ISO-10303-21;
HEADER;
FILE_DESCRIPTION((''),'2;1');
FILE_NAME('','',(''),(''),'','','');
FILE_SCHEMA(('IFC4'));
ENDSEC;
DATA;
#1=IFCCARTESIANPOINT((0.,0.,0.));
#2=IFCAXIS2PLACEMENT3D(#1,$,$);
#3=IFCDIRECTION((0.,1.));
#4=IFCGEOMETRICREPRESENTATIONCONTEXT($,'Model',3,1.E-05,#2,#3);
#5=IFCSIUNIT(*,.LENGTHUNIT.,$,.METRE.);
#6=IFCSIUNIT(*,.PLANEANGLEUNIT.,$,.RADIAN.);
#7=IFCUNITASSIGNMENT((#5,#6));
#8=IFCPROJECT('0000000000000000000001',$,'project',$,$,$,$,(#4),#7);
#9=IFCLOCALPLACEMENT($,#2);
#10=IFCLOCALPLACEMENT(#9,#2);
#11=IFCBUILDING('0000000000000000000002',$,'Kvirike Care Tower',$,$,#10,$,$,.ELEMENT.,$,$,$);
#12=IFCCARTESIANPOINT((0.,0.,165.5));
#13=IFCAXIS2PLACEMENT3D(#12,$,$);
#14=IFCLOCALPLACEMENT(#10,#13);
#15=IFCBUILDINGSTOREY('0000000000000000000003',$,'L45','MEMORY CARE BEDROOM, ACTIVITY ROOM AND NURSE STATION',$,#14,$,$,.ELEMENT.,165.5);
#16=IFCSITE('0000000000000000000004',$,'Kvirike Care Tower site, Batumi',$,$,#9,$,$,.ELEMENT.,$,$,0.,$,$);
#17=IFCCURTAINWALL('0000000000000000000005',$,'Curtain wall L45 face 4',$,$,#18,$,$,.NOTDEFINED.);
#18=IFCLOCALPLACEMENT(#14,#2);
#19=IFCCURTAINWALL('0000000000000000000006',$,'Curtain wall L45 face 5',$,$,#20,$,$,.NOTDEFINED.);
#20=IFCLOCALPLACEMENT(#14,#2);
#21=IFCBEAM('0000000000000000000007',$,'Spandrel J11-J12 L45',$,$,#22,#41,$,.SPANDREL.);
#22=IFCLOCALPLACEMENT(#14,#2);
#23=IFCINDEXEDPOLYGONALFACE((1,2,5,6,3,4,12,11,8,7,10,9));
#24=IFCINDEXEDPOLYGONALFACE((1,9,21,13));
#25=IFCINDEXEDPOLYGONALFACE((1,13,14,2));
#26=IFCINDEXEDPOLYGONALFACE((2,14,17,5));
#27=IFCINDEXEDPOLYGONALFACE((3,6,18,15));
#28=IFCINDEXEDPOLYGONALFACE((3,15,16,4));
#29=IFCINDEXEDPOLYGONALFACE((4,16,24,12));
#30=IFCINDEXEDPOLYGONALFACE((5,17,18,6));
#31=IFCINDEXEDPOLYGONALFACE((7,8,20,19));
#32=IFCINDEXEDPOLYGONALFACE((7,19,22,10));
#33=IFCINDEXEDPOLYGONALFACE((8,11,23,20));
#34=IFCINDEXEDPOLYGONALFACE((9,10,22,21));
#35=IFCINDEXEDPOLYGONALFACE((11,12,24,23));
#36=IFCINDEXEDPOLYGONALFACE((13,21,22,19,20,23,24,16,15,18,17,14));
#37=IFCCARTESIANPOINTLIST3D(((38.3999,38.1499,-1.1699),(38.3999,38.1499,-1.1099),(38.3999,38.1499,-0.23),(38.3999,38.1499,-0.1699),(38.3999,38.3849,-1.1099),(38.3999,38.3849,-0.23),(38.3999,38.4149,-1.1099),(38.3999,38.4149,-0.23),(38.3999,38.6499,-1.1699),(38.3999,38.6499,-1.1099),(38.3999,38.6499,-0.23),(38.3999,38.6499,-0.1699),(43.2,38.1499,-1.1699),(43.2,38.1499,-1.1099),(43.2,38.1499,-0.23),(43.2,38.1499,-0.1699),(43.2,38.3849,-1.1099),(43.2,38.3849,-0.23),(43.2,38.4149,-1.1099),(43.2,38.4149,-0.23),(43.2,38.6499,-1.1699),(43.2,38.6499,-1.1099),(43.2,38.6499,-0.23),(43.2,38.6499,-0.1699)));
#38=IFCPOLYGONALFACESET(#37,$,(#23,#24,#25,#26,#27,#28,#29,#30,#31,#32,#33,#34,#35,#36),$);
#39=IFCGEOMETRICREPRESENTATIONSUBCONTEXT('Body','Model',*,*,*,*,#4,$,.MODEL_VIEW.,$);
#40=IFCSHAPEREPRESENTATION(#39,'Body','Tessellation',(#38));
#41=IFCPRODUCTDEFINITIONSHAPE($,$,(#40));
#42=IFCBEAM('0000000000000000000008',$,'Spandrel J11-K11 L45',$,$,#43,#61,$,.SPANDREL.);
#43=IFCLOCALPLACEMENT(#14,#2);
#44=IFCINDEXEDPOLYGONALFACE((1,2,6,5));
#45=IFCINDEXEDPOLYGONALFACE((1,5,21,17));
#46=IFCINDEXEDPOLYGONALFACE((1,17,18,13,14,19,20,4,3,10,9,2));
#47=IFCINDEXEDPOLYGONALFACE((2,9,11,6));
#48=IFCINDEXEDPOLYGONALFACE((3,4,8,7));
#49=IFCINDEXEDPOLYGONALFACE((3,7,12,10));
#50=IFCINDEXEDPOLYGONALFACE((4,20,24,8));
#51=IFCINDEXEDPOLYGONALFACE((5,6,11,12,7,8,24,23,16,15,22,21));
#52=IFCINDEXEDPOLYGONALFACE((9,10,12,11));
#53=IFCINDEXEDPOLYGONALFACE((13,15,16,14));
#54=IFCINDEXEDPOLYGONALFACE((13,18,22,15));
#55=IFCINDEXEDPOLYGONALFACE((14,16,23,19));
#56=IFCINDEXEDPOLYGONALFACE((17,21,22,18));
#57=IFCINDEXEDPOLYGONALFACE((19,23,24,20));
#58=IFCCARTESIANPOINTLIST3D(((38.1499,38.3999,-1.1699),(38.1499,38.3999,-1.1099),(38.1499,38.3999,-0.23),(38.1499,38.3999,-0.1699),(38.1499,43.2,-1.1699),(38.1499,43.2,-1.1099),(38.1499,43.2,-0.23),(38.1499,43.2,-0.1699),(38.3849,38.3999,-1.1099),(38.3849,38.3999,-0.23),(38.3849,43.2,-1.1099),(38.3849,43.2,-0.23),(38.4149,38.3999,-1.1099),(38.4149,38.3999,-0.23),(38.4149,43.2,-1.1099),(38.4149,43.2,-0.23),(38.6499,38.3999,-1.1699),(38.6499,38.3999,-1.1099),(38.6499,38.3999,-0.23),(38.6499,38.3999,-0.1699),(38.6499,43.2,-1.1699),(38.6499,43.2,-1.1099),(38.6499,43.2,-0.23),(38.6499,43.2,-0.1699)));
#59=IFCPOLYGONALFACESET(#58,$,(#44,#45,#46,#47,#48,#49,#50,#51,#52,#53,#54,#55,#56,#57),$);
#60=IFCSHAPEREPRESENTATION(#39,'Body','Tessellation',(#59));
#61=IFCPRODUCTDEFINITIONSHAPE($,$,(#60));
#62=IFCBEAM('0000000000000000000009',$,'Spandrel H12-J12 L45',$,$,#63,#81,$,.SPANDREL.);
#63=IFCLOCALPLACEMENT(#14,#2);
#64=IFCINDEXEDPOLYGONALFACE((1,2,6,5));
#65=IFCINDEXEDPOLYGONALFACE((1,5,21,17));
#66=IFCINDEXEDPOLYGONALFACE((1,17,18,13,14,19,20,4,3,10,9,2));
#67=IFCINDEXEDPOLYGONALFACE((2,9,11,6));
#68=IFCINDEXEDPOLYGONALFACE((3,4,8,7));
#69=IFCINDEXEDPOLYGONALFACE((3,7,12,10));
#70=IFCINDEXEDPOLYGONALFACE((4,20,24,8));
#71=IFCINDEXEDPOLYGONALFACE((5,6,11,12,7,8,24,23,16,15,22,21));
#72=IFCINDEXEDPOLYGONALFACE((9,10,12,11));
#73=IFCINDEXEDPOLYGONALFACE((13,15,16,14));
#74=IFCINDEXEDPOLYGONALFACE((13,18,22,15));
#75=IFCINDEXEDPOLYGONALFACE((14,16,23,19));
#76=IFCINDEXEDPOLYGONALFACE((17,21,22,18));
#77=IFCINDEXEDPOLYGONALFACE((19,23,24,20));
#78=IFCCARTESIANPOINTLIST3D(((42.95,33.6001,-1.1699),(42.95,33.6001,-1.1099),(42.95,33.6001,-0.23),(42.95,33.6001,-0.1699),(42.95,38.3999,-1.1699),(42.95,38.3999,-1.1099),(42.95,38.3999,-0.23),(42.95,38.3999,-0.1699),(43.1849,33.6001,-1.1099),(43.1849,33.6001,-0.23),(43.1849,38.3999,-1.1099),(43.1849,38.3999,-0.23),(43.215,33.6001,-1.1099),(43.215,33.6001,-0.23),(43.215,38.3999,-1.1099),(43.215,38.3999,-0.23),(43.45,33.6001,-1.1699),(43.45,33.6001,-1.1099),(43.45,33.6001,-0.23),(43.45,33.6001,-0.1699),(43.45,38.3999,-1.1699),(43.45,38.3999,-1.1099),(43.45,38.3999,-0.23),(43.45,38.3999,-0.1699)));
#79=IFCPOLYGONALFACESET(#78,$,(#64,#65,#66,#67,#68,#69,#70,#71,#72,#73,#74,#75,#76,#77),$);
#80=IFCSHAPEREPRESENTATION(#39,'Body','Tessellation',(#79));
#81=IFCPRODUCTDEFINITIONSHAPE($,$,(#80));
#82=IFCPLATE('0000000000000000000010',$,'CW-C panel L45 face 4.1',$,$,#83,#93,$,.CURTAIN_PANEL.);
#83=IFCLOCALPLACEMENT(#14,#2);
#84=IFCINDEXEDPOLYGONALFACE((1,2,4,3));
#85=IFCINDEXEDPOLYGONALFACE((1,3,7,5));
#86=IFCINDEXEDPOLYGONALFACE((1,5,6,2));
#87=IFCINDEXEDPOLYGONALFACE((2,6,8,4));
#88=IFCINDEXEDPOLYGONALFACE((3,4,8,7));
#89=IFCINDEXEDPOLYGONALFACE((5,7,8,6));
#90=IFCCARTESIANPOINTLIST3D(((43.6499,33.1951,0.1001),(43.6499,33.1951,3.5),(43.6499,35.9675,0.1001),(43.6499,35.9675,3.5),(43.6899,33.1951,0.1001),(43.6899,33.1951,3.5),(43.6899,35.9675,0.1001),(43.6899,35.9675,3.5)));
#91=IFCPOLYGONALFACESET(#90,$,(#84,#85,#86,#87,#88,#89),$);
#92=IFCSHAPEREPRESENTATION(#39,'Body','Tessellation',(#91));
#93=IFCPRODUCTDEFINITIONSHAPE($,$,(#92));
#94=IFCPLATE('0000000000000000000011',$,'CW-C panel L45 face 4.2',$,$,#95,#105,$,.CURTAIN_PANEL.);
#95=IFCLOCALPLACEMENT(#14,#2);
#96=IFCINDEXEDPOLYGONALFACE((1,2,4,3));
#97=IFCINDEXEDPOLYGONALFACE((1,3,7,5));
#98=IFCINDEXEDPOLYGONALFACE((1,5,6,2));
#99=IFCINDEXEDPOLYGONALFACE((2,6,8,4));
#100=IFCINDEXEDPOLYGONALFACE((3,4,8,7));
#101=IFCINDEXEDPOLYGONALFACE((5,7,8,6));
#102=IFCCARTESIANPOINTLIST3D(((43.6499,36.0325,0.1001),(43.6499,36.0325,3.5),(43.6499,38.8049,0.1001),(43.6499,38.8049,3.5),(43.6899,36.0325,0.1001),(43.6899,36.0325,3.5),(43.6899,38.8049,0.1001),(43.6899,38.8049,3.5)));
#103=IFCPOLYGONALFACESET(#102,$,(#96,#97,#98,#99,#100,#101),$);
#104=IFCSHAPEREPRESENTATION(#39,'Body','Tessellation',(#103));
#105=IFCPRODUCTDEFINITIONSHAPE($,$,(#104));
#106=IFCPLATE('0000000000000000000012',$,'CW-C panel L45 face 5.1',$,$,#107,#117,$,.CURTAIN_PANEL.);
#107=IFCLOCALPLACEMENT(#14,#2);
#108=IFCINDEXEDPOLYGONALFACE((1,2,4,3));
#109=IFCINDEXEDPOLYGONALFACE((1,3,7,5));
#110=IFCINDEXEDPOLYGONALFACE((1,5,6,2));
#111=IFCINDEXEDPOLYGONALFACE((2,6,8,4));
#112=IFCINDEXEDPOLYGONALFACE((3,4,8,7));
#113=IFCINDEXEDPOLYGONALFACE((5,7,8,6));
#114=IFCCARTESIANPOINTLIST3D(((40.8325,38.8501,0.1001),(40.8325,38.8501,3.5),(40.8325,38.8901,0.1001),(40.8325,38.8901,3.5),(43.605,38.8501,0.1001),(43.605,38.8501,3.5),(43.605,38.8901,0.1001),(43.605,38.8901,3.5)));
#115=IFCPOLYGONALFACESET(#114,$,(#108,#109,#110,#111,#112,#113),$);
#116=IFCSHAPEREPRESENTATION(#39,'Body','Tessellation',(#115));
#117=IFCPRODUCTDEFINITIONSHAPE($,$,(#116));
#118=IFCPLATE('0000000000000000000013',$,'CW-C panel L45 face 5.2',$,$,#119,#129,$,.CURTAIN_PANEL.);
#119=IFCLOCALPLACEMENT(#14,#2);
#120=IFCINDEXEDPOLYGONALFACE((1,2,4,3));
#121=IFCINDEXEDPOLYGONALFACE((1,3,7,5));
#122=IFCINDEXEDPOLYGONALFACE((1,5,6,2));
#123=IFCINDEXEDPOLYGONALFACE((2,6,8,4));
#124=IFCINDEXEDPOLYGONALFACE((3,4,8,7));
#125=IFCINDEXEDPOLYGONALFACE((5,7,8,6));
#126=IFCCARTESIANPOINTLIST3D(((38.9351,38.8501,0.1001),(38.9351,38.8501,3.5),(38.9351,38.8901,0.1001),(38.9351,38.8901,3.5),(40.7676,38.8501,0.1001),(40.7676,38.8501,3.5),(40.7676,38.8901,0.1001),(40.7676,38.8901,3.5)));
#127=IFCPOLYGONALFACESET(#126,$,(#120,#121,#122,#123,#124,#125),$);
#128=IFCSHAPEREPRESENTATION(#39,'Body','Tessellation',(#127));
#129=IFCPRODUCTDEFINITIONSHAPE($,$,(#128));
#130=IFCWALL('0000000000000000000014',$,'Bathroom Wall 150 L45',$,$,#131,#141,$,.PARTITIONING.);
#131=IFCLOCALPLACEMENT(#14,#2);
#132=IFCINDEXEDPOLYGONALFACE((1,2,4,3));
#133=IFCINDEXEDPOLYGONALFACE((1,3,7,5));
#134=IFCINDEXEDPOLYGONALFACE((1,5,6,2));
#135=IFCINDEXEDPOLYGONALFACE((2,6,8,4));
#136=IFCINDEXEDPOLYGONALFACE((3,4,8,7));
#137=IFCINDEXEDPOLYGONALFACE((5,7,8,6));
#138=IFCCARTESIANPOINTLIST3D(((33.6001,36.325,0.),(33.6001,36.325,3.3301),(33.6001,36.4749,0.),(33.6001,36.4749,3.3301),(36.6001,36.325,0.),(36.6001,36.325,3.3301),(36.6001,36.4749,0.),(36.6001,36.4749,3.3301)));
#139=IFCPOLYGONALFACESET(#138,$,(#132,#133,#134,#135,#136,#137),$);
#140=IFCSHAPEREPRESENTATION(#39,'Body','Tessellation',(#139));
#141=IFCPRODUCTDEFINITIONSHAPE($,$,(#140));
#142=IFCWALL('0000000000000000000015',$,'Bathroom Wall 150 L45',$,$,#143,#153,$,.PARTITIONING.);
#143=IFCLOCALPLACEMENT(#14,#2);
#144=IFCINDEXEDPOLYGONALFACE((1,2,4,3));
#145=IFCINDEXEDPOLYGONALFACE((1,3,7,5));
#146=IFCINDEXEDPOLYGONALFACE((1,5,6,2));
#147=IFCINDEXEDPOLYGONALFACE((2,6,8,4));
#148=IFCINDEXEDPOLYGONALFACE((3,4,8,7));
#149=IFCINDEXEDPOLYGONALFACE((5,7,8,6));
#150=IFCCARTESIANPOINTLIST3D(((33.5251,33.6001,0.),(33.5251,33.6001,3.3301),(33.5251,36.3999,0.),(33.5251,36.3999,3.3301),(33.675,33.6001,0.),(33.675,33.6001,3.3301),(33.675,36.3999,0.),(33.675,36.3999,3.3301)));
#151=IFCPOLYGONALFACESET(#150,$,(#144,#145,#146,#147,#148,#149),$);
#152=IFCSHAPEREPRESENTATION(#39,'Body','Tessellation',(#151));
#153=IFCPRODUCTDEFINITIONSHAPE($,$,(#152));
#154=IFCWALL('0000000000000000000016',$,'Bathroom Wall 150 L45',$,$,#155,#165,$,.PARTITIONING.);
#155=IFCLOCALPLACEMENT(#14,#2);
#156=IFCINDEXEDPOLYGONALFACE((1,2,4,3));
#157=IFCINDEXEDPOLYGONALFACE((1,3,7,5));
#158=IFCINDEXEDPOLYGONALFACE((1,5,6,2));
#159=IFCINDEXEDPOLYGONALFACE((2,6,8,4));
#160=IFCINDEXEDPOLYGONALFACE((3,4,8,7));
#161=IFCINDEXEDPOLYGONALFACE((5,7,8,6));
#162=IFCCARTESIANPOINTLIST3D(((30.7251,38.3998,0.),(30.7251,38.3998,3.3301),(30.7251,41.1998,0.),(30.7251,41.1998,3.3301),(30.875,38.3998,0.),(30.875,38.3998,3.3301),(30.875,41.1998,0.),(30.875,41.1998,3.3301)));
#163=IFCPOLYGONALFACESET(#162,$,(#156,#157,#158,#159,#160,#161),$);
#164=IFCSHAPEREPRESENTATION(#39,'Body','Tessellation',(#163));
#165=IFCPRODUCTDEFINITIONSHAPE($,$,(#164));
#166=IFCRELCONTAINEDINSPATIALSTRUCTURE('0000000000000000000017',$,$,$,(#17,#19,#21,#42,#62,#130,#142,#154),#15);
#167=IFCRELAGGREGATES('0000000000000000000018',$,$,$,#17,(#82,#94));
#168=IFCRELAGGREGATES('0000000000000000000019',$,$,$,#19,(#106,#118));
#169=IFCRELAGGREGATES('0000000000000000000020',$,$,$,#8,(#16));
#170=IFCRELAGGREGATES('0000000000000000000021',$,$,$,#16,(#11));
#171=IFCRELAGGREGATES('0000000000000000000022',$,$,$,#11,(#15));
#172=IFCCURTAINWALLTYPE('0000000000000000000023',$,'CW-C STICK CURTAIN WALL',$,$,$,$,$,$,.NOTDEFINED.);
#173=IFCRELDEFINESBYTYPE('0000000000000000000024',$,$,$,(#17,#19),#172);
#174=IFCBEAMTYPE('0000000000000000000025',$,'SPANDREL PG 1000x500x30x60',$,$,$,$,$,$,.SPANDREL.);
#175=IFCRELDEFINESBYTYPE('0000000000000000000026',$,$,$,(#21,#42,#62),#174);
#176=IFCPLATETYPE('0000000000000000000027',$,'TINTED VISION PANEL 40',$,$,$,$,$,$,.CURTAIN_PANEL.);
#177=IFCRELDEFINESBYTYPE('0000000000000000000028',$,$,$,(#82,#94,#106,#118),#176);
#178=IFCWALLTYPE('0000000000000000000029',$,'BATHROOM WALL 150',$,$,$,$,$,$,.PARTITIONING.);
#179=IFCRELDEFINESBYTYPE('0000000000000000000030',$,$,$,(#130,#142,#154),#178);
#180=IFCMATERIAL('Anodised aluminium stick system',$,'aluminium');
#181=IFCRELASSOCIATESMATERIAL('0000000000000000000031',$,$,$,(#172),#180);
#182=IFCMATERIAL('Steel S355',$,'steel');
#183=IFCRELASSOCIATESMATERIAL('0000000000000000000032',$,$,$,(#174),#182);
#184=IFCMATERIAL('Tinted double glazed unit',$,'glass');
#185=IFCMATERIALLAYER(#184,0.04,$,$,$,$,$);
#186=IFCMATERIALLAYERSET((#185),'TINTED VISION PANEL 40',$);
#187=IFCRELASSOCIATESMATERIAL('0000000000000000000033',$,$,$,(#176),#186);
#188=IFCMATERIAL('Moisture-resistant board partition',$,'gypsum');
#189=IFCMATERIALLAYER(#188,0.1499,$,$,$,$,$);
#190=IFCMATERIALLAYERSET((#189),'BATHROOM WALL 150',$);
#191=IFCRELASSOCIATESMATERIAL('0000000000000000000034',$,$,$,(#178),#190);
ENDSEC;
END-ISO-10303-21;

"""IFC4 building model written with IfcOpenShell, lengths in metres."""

from ifc_helpers import new_model, si_unit, direction, frame, frame_2d, origin, origin_2d, place, context, subcontext, project, spatial, rectangle, i_section, extrude, material, layer, layer_set, material_profile, profile_set, type_object, element, aggregate, save


model = new_model("IFC4")

# Units and contexts
model_context = context("Model", 3, precision=1e-05, world=origin(), true_north=direction((0.0, 1.0)))
body_context = subcontext(model_context, "Body", "Model", "MODEL_VIEW")
ifc_project = project(units=[si_unit("LENGTHUNIT", "METRE"), si_unit("PLANEANGLEUNIT", "RADIAN")], contexts=[model_context])

# Site, building, storey
site_placement = place(None, origin())
site = spatial("IfcSite", under=ifc_project, at=site_placement, Name="Kvirike Care Tower site, Batumi", CompositionType="ELEMENT", RefElevation=0.0)
building_placement = place(site_placement, origin())
building = spatial("IfcBuilding", under=site, at=building_placement, Name="Kvirike Care Tower", CompositionType="ELEMENT")
storey_placement = place(building_placement, frame((0.0, 0.0, 165.5)))
storey = spatial("IfcBuildingStorey", under=building, at=storey_placement, Name="L45", Description="MEMORY CARE BEDROOM, ACTIVITY ROOM AND NURSE STATION", CompositionType="ELEMENT", Elevation=165.5)

# Curtain walls
ifc_material_1 = material(Name="Anodised aluminium stick system", Category="aluminium")
curtain_wall_type = type_object("IfcCurtainWallType", Name="CW-C STICK CURTAIN WALL", PredefinedType="NOTDEFINED", material=ifc_material_1)
curtain_wall_1_placement = place(storey_placement, origin())
curtain_wall_1 = element("IfcCurtainWall", 1, at=curtain_wall_1_placement, inside=storey, type_object=curtain_wall_type, Name="Curtain wall L45 face 4", PredefinedType="NOTDEFINED")
curtain_wall_2_placement = place(storey_placement, origin())
curtain_wall_2 = element("IfcCurtainWall", 2, at=curtain_wall_2_placement, inside=storey, type_object=curtain_wall_type, Name="Curtain wall L45 face 5", PredefinedType="NOTDEFINED")

# Beams
ifc_material_2 = material(Name="Steel S355", Category="steel")
ifc_material_profile_1 = material_profile(ifc_material_2, i_section(OverallWidth=0.5, OverallDepth=1.0, WebThickness=0.03, FlangeThickness=0.0601, at=origin_2d()), Name="PG 1000x500x30x60")
ifc_profile_set_1 = profile_set([ifc_material_profile_1], Name="Steel S355")
beam_type = type_object("IfcBeamType", Name="SPANDREL PG 1000x500x30x60", PredefinedType="SPANDREL", material=ifc_profile_set_1)
for number, where, z_axis, x_axis, name in (
    (3, (38.3999, 38.3999, -0.6699), (1.0, 0.0, 0.0), (0.0, 1.0, 0.0), "Spandrel J11-J12 L45"),
    (4, (38.3999, 38.3999, -0.6699), (0.0, 1.0, 0.0), (-1.0, 0.0, 0.0), "Spandrel J11-K11 L45"),
):
    element("IfcBeam", number, at=place(storey_placement, frame(where, z_axis=z_axis, x_axis=x_axis)), inside=storey, type_object=beam_type, Name=name, PredefinedType="SPANDREL", context=body_context, shape_type="SweptSolid", body=[
        extrude(i_section(OverallWidth=0.5, OverallDepth=1.0, WebThickness=0.03, FlangeThickness=0.0601, at=origin_2d()), origin(), (0.0, 0.0, 1.0), 4.8),
    ])
beam_placement = place(storey_placement, frame((43.2, 33.6001, -0.6699), z_axis=(0.0, 1.0, 0.0), x_axis=(-1.0, 0.0, 0.0)))
element("IfcBeam", 5, at=beam_placement, inside=storey, type_object=beam_type, Name="Spandrel H12-J12 L45", PredefinedType="SPANDREL", context=body_context, shape_type="SweptSolid", body=[
    extrude(i_section(OverallWidth=0.5, OverallDepth=1.0, WebThickness=0.03, FlangeThickness=0.0601, at=origin_2d()), origin(), (0.0, 0.0, 1.0), 4.7998),
])

# Plates
ifc_material_3 = material(Name="Tinted double glazed unit", Category="glass")
ifc_layer_1 = layer(ifc_material_3, 0.04)
ifc_layer_set_1 = layer_set([ifc_layer_1], Name="TINTED VISION PANEL 40")
plate_type = type_object("IfcPlateType", Name="TINTED VISION PANEL 40", PredefinedType="CURTAIN_PANEL", material=ifc_layer_set_1)
plate_1_placement = place(storey_placement, frame((43.6699, 34.5813, 0.1001), z_axis=(0.0, 0.0, 1.0), x_axis=(0.0, 1.0, 0.0)))
plate_1 = element("IfcPlate", 6, at=plate_1_placement, type_object=plate_type, Name="CW-C panel L45 face 4.1", PredefinedType="CURTAIN_PANEL", context=body_context, shape_type="SweptSolid", body=[
    extrude(rectangle(XDim=2.7725, YDim=0.04, at=origin_2d()), origin(), (0.0, 0.0, 1.0), 3.3999),
])
plate_2_placement = place(storey_placement, frame((43.6699, 37.4187, 0.1001), z_axis=(0.0, 0.0, 1.0), x_axis=(0.0, 1.0, 0.0)))
plate_2 = element("IfcPlate", 7, at=plate_2_placement, type_object=plate_type, Name="CW-C panel L45 face 4.2", PredefinedType="CURTAIN_PANEL", context=body_context, shape_type="SweptSolid", body=[
    extrude(rectangle(XDim=2.7725, YDim=0.04, at=origin_2d()), origin(), (0.0, 0.0, 1.0), 3.3999),
])
aggregate(curtain_wall_1, [plate_1, plate_2])
plate_3_placement = place(storey_placement, frame((42.2188, 38.8701, 0.1001), z_axis=(0.0, 0.0, 1.0), x_axis=(-1.0, 0.0, 0.0)))
plate_3 = element("IfcPlate", 8, at=plate_3_placement, type_object=plate_type, Name="CW-C panel L45 face 5.1", PredefinedType="CURTAIN_PANEL", context=body_context, shape_type="SweptSolid", body=[
    extrude(rectangle(XDim=2.7725, YDim=0.04, at=origin_2d()), origin(), (0.0, 0.0, 1.0), 3.3999),
])
plate_4_placement = place(storey_placement, frame((39.8513, 38.8701, 0.1001), z_axis=(0.0, 0.0, 1.0), x_axis=(-1.0, 0.0, 0.0)))
plate_4 = element("IfcPlate", 9, at=plate_4_placement, type_object=plate_type, Name="CW-C panel L45 face 5.2", PredefinedType="CURTAIN_PANEL", context=body_context, shape_type="SweptSolid", body=[
    extrude(rectangle(XDim=1.8325, YDim=0.04, at=origin_2d()), origin(), (0.0, 0.0, 1.0), 3.3999),
])
aggregate(curtain_wall_2, [plate_3, plate_4])

# Walls
ifc_material_4 = material(Name="Moisture-resistant board partition", Category="gypsum")
ifc_layer_2 = layer(ifc_material_4, 0.1499)
ifc_layer_set_2 = layer_set([ifc_layer_2], Name="BATHROOM WALL 150")
wall_type_1 = type_object("IfcWallType", Name="BATHROOM WALL 150", PredefinedType="PARTITIONING", material=ifc_layer_set_2)
wall_1_placement = place(storey_placement, frame((36.6001, 36.3999, 0.0), z_axis=(0.0, 0.0, 1.0), x_axis=(-1.0, 0.0, 0.0)))
element("IfcWall", 10, at=wall_1_placement, inside=storey, type_object=wall_type_1, Name="Bathroom Wall 150 L45", PredefinedType="PARTITIONING", context=body_context, shape_type="SweptSolid", body=[
    extrude(rectangle(XDim=3.0, YDim=0.1499, at=frame_2d((1.5, 0.0))), origin(), (0.0, 0.0, 1.0), 3.3301),
])
wall_2_placement = place(storey_placement, frame((33.6001, 33.6001, 0.0), z_axis=(0.0, 0.0, 1.0), x_axis=(0.0, 1.0, 0.0)))
element("IfcWall", 11, at=wall_2_placement, inside=storey, type_object=wall_type_1, Name="Bathroom Wall 150 L45", PredefinedType="PARTITIONING", context=body_context, shape_type="SweptSolid", body=[
    extrude(rectangle(XDim=2.7998, YDim=0.1499, at=frame_2d((1.3999, 0.0))), origin(), (0.0, 0.0, 1.0), 3.3301),
])
wall_3_placement = place(storey_placement, frame((30.8, 38.3999, 0.0), z_axis=(0.0, 0.0, 1.0), x_axis=(0.0, 1.0, 0.0)))
element("IfcWall", 12, at=wall_3_placement, inside=storey, type_object=wall_type_1, Name="Bathroom Wall 150 L45", PredefinedType="PARTITIONING", context=body_context, shape_type="SweptSolid", body=[
    extrude(rectangle(XDim=2.8, YDim=0.1499, at=frame_2d((1.3999, 0.0))), origin(), (0.0, 0.0, 1.0), 3.3301),
])

save(model, "model.ifc")
